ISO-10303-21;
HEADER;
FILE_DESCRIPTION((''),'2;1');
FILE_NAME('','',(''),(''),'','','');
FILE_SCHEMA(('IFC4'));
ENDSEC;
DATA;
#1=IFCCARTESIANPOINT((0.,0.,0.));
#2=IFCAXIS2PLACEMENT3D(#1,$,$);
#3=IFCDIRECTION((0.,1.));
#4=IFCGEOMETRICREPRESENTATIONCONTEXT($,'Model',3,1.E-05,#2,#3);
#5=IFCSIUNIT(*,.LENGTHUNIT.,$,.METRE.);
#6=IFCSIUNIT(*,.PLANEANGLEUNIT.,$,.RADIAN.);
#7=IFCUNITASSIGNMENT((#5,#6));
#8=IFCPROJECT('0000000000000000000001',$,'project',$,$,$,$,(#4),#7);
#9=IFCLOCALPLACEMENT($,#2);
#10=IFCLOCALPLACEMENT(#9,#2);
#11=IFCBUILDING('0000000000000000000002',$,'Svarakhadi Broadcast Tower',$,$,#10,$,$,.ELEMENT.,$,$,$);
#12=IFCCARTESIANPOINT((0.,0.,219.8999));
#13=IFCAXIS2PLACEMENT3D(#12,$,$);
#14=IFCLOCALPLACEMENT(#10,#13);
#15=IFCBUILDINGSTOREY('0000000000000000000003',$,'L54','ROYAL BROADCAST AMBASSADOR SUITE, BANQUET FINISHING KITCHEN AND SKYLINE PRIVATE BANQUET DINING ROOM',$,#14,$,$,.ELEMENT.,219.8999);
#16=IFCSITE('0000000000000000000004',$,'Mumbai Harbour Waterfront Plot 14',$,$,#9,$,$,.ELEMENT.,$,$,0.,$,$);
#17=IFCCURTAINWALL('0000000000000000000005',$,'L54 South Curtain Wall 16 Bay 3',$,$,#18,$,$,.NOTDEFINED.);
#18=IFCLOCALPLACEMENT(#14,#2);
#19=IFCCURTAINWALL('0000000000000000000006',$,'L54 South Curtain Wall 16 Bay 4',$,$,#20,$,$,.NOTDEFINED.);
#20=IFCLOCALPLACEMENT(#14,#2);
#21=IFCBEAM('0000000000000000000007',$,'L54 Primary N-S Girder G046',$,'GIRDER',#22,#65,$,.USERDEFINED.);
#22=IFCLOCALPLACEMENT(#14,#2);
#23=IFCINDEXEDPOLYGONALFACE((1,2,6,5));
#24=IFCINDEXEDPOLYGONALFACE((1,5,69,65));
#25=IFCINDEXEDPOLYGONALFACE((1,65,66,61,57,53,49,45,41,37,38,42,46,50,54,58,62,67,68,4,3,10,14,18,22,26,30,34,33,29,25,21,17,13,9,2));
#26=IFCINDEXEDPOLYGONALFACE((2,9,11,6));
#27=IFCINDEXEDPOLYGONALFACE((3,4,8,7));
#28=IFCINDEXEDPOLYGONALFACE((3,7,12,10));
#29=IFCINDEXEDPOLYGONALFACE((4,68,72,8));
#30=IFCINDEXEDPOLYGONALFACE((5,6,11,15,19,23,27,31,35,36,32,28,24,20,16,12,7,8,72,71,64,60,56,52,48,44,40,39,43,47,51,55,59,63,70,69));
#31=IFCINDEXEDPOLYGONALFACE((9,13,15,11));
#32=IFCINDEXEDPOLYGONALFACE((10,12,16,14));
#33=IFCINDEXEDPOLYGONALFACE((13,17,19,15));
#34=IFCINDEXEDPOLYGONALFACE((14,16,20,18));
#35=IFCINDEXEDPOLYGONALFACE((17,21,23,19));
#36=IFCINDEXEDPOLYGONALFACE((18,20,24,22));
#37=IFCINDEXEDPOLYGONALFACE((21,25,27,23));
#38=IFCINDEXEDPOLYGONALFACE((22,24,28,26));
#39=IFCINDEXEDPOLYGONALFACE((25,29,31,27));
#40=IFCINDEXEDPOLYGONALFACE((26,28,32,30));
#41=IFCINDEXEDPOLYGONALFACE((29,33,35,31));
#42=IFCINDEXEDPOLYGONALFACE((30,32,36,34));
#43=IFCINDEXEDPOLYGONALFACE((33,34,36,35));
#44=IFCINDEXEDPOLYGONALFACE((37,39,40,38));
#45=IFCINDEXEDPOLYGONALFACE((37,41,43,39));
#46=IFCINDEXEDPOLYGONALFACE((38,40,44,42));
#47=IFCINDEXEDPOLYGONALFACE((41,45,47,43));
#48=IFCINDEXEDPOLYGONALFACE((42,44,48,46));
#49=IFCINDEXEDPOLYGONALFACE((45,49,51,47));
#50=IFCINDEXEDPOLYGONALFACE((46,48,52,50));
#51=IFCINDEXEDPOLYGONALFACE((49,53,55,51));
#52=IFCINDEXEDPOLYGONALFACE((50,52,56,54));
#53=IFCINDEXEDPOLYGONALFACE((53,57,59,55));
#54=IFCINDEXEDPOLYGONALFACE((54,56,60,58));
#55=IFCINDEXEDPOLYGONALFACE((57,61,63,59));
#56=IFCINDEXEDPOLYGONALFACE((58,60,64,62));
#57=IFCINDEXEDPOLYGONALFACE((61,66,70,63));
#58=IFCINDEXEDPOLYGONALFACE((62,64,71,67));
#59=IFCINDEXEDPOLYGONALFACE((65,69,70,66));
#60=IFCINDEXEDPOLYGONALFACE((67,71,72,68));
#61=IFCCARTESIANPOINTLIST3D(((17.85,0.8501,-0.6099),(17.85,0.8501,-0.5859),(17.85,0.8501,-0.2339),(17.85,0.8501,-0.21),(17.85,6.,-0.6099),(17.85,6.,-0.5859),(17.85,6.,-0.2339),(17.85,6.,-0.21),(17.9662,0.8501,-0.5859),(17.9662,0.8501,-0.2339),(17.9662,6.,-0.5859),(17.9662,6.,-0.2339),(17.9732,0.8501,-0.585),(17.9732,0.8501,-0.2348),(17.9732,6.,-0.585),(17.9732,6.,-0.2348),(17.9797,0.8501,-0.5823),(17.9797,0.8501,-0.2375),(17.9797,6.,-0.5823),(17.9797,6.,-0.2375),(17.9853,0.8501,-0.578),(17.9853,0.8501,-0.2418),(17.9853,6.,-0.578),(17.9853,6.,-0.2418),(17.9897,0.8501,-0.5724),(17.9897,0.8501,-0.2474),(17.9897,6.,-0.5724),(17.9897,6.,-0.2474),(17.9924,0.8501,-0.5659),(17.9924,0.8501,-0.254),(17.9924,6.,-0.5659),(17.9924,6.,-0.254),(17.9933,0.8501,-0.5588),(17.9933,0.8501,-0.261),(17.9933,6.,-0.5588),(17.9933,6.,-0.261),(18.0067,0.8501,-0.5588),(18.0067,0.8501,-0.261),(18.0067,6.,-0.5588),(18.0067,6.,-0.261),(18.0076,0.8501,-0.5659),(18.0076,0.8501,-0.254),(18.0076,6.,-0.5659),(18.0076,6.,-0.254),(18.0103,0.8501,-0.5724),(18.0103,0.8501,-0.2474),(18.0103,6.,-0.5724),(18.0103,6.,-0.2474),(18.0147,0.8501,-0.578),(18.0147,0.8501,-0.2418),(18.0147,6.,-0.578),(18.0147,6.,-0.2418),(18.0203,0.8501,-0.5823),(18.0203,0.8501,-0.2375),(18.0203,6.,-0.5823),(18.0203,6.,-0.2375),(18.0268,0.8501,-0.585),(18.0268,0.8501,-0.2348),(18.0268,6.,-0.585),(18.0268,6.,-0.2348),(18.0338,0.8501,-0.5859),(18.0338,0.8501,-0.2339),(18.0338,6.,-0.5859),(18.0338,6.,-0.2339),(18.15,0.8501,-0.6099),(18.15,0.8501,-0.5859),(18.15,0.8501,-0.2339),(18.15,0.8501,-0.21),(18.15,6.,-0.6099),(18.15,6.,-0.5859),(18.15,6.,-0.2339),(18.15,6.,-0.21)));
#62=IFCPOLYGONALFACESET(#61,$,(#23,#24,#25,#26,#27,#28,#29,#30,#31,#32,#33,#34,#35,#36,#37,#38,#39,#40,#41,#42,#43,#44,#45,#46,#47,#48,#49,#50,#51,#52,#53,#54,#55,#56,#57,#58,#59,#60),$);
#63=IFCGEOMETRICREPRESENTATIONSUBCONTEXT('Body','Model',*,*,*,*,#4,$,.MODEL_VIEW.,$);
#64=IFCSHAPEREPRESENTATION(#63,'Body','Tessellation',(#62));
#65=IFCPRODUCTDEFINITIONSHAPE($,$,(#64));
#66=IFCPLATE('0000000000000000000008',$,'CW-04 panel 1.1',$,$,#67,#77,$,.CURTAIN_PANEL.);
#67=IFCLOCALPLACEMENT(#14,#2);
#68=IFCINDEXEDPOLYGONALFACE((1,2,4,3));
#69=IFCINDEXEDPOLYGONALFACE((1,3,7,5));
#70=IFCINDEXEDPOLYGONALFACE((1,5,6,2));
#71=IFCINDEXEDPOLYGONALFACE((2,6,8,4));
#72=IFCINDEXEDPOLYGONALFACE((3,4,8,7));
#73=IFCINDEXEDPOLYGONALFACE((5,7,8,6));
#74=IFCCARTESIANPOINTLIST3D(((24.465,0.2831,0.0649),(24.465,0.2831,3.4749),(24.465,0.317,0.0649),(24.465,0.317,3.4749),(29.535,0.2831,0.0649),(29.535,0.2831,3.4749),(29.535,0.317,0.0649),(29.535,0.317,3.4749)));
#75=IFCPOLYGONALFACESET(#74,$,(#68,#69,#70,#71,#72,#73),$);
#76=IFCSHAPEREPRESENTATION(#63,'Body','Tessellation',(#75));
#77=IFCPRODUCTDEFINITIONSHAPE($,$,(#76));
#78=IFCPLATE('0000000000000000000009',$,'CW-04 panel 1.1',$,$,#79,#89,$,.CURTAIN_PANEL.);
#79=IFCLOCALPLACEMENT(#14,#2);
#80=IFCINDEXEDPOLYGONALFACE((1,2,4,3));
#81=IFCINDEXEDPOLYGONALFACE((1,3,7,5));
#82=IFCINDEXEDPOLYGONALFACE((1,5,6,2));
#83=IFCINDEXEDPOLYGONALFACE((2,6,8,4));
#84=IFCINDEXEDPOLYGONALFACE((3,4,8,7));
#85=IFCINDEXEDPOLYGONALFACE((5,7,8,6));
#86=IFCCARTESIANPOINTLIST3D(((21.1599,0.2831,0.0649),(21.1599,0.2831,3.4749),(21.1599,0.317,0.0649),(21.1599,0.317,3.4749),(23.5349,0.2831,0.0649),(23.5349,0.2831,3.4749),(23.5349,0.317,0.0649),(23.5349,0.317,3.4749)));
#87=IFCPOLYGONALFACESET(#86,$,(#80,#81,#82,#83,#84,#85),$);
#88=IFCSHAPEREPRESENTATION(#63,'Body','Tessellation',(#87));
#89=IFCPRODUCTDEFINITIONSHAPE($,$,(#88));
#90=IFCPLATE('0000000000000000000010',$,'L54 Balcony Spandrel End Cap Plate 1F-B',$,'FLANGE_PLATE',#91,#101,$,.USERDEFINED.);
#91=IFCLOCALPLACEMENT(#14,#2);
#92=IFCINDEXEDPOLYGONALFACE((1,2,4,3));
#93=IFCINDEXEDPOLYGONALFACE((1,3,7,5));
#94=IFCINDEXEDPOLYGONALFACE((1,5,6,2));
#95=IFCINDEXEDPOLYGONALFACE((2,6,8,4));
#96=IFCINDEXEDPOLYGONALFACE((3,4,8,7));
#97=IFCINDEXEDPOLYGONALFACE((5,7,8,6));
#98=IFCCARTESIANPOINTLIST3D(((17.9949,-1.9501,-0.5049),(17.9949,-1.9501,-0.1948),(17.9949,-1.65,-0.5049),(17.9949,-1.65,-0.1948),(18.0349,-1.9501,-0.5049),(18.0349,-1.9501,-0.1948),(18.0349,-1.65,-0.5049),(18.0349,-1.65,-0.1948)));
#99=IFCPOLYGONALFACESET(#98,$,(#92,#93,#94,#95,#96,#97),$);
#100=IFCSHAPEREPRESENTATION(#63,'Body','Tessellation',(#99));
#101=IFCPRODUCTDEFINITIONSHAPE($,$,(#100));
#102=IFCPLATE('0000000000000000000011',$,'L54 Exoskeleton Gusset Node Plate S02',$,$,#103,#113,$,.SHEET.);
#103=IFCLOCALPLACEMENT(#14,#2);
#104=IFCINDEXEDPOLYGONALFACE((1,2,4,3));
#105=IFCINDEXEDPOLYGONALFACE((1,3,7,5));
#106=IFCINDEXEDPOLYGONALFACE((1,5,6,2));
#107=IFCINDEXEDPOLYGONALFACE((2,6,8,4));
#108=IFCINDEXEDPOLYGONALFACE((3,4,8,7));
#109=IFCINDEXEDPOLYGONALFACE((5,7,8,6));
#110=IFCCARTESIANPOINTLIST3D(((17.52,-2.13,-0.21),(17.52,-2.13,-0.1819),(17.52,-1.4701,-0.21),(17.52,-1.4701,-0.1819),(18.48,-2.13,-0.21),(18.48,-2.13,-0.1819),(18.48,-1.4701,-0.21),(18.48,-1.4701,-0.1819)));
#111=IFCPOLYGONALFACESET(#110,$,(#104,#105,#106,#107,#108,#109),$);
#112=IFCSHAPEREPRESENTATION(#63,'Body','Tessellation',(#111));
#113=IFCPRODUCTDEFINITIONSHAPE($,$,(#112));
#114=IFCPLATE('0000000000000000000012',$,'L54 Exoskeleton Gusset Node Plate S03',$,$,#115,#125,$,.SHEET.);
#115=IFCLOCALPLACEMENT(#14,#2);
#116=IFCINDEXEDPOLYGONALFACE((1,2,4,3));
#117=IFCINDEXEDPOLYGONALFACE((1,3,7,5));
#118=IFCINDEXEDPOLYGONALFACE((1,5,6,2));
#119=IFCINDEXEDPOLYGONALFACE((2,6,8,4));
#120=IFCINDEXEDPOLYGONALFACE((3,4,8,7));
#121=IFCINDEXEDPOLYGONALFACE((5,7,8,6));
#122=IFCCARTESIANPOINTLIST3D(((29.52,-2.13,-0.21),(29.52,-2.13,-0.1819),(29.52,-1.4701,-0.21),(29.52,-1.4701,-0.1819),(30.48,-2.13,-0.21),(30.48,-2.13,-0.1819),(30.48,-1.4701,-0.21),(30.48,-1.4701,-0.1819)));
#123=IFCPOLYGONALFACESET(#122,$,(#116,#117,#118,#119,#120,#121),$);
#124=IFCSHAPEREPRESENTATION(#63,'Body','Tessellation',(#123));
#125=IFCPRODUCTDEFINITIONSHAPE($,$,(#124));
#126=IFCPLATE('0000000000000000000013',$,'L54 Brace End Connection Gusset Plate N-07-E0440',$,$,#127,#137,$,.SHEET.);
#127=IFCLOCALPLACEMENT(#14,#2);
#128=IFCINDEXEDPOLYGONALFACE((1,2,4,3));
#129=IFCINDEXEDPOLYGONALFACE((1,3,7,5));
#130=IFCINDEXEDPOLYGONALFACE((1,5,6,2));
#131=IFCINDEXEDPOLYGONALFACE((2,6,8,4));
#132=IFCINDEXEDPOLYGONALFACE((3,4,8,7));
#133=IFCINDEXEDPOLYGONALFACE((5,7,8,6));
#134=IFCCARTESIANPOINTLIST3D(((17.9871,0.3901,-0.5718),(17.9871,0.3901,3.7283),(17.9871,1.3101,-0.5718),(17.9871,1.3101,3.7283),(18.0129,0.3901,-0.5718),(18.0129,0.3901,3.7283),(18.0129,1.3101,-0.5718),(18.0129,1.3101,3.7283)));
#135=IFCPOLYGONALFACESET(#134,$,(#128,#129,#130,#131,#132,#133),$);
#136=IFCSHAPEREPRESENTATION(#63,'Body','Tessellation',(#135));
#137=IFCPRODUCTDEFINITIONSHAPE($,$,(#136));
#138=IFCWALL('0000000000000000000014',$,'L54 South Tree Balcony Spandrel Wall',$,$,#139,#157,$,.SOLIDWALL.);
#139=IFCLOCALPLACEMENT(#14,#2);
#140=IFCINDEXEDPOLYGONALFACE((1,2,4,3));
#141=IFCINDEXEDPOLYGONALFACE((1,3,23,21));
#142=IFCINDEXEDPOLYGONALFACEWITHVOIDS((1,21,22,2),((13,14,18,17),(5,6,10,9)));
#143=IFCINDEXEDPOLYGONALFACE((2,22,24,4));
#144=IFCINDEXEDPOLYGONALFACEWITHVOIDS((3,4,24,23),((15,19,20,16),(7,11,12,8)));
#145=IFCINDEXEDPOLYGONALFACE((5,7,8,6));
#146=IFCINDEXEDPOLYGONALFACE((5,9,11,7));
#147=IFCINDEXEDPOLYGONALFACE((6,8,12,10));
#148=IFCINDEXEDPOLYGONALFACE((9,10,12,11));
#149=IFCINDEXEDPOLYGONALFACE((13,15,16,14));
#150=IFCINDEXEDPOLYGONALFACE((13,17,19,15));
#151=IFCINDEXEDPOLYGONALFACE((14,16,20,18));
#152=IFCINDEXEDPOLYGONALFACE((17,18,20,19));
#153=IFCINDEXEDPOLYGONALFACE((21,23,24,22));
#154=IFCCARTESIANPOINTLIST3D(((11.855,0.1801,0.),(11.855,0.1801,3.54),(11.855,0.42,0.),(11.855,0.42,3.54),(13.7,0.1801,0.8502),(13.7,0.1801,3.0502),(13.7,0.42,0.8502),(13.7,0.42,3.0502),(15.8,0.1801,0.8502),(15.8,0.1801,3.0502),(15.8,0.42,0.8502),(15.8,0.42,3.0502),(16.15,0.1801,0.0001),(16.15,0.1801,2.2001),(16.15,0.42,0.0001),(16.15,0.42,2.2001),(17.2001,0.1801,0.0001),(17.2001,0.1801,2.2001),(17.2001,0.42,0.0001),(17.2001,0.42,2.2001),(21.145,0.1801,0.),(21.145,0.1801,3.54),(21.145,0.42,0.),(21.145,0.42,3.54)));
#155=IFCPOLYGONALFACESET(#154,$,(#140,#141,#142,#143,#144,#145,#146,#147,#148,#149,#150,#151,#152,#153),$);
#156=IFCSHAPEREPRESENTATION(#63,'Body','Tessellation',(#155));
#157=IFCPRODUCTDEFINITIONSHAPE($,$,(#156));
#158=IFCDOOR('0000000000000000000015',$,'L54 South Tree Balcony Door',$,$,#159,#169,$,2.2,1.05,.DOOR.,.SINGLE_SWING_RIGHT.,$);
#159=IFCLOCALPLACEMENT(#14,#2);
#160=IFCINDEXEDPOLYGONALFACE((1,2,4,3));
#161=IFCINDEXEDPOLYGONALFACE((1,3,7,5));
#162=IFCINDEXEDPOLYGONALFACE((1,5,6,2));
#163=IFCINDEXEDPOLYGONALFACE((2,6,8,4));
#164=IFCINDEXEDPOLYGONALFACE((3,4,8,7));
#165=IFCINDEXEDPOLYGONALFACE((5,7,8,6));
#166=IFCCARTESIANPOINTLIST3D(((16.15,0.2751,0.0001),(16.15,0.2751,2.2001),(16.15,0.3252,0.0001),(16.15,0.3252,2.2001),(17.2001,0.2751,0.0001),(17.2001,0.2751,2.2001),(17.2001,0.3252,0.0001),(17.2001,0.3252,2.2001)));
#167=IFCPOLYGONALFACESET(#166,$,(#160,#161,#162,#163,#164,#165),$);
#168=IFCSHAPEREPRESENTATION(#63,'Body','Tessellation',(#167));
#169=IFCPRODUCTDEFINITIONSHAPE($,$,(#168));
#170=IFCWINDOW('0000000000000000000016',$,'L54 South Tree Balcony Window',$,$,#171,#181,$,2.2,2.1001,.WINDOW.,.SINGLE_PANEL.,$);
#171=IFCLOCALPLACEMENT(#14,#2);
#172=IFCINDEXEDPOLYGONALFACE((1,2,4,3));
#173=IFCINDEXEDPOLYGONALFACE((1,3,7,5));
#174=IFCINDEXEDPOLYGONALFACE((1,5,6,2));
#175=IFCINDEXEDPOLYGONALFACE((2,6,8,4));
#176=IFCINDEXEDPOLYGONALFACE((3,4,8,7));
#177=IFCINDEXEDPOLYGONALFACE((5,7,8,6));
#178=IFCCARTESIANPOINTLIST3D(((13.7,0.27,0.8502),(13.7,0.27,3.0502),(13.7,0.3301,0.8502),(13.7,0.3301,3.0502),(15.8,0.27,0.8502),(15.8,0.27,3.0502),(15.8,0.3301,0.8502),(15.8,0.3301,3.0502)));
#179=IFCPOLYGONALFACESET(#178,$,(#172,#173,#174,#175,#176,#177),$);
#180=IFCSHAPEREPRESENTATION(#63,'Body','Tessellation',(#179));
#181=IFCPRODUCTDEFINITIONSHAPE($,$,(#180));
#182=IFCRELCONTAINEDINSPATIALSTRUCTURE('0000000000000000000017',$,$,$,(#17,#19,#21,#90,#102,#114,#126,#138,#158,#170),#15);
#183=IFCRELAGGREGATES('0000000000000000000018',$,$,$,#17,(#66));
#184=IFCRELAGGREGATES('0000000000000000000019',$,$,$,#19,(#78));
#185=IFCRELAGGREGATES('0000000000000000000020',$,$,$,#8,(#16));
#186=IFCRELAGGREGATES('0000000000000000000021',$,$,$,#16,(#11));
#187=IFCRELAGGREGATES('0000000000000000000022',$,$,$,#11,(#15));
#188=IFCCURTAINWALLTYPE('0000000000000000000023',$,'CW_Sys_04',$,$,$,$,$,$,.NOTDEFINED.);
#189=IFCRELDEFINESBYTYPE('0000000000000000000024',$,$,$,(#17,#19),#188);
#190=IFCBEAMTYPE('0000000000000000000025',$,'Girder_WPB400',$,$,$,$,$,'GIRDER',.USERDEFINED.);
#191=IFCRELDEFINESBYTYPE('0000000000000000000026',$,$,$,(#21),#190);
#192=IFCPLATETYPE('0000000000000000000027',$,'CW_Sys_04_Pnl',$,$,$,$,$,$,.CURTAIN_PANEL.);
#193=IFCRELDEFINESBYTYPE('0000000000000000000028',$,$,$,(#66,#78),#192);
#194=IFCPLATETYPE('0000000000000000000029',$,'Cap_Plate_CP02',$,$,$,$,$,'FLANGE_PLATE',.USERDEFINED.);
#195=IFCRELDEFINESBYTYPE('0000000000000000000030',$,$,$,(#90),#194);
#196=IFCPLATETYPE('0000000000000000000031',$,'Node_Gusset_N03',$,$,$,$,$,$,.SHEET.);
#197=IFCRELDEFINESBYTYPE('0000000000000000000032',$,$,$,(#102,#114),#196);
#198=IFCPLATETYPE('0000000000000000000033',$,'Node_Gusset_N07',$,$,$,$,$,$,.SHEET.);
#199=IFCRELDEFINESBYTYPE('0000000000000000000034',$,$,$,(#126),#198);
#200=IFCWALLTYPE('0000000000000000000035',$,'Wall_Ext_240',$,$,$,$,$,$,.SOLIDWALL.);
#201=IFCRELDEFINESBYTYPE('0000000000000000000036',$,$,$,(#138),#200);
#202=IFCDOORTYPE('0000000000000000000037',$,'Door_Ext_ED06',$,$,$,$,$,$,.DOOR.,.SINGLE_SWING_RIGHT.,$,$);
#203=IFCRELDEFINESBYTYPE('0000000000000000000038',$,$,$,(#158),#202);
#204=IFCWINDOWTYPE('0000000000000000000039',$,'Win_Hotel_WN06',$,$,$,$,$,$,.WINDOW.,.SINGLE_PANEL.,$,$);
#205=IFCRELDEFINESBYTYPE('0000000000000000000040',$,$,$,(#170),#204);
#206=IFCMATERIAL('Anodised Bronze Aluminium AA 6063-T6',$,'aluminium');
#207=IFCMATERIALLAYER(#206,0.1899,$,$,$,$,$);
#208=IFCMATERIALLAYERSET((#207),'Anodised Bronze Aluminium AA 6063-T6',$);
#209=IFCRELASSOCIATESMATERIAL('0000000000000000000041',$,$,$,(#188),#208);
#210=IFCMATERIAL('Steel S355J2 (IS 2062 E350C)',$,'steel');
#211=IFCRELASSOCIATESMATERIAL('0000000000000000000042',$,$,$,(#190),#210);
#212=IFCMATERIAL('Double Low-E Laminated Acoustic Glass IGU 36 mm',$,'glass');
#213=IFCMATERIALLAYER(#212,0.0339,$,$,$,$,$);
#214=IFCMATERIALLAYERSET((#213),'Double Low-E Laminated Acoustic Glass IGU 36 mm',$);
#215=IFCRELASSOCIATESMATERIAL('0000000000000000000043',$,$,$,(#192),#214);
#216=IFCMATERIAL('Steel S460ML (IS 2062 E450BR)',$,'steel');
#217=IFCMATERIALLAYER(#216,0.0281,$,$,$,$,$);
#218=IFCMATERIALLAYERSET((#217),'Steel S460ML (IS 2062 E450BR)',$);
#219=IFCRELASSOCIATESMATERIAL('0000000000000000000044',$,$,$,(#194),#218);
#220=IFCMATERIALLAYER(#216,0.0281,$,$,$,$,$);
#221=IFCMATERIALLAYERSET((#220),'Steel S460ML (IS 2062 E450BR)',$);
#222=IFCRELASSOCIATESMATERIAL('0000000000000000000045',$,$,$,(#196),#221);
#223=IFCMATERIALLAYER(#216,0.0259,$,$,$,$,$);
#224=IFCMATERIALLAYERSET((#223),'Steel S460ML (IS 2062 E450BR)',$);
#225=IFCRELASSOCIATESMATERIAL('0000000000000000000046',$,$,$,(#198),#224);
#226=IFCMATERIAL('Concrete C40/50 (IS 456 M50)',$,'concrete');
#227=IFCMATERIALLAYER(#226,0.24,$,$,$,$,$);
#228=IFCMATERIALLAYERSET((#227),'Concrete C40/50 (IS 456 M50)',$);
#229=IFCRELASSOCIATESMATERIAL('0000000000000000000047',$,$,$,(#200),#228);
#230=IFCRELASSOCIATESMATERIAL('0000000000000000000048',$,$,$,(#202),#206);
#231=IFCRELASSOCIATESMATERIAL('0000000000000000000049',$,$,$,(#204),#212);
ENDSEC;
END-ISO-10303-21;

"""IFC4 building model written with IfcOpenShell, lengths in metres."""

from ifc_helpers import new_model, si_unit, direction, frame, frame_2d, origin, origin_2d, place, context, subcontext, project, spatial, rectangle, i_section, extrude, material, layer, layer_set, material_profile, profile_set, type_object, element, fill, aggregate, save


model = new_model("IFC4")

# Units and contexts
model_context = context("Model", 3, precision=1e-05, world=origin(), true_north=direction((0.0, 1.0)))
body_context = subcontext(model_context, "Body", "Model", "MODEL_VIEW")
ifc_project = project(units=[si_unit("LENGTHUNIT", "METRE"), si_unit("PLANEANGLEUNIT", "RADIAN")], contexts=[model_context])

# Site, building, storey
site_placement = place(None, origin())
site = spatial("IfcSite", under=ifc_project, at=site_placement, Name="Mumbai Harbour Waterfront Plot 14", CompositionType="ELEMENT", RefElevation=0.0)
building_placement = place(site_placement, origin())
building = spatial("IfcBuilding", under=site, at=building_placement, Name="Svarakhadi Broadcast Tower", CompositionType="ELEMENT")
storey_placement = place(building_placement, frame((0.0, 0.0, 219.8999)))
storey = spatial("IfcBuildingStorey", under=building, at=storey_placement, Name="L54", Description="ROYAL BROADCAST AMBASSADOR SUITE, BANQUET FINISHING KITCHEN AND SKYLINE PRIVATE BANQUET DINING ROOM", CompositionType="ELEMENT", Elevation=219.8999)

# Shared definitions
ifc_material_1 = material(Name="Steel S460ML (IS 2062 E450BR)", Category="steel")

# Curtain walls
ifc_material_2 = material(Name="Anodised Bronze Aluminium AA 6063-T6", Category="aluminium")
ifc_layer_1 = layer(ifc_material_2, 0.1899)
ifc_layer_set_1 = layer_set([ifc_layer_1], Name="Anodised Bronze Aluminium AA 6063-T6")
curtain_wall_type = type_object("IfcCurtainWallType", Name="CW_Sys_04", PredefinedType="NOTDEFINED", material=ifc_layer_set_1)
curtain_wall_1_placement = place(storey_placement, origin())
curtain_wall_1 = element("IfcCurtainWall", 1, at=curtain_wall_1_placement, inside=storey, type_object=curtain_wall_type, Name="L54 South Curtain Wall 16 Bay 3", PredefinedType="NOTDEFINED")
curtain_wall_2_placement = place(storey_placement, origin())
curtain_wall_2 = element("IfcCurtainWall", 2, at=curtain_wall_2_placement, inside=storey, type_object=curtain_wall_type, Name="L54 South Curtain Wall 16 Bay 4", PredefinedType="NOTDEFINED")

# Beam
ifc_material_3 = material(Name="Steel S355J2 (IS 2062 E350C)", Category="steel")
ifc_material_profile_1 = material_profile(ifc_material_3, i_section(OverallWidth=0.3, OverallDepth=0.3999, WebThickness=0.0134, FlangeThickness=0.0239, FilletRadius=0.0271, at=origin_2d()), Name="WPB 400x300x155")
ifc_profile_set_1 = profile_set([ifc_material_profile_1], Name="Steel S355J2 (IS 2062 E350C)")
beam_type = type_object("IfcBeamType", Name="Girder_WPB400", ElementType="GIRDER", PredefinedType="USERDEFINED", material=ifc_profile_set_1)
beam_1_placement = place(storey_placement, frame((18.0, 0.8501, -0.4099), z_axis=(0.0, 1.0, 0.0), x_axis=(-1.0, 0.0, 0.0)))
element("IfcBeam", 3, at=beam_1_placement, inside=storey, type_object=beam_type, Name="L54 Primary N-S Girder G046", ObjectType="GIRDER", PredefinedType="USERDEFINED", context=body_context, shape_type="SweptSolid", body=[
    extrude(i_section(OverallWidth=0.3, OverallDepth=0.3999, WebThickness=0.0134, FlangeThickness=0.0239, FilletRadius=0.0271, at=origin_2d()), origin(), (0.0, 0.0, 1.0), 5.1499),
])

# Plates
ifc_material_4 = material(Name="Double Low-E Laminated Acoustic Glass IGU 36 mm", Category="glass")
ifc_layer_2 = layer(ifc_material_4, 0.0339)
ifc_layer_set_2 = layer_set([ifc_layer_2], Name="Double Low-E Laminated Acoustic Glass IGU 36 mm")
plate_type_1 = type_object("IfcPlateType", Name="CW_Sys_04_Pnl", PredefinedType="CURTAIN_PANEL", material=ifc_layer_set_2)
plate_1_placement = place(storey_placement, frame((27.0, 0.3, 0.0649), z_axis=(0.0, 0.0, 1.0), x_axis=(-1.0, 0.0, 0.0)))
plate_1 = element("IfcPlate", 4, at=plate_1_placement, type_object=plate_type_1, Name="CW-04 panel 1.1", PredefinedType="CURTAIN_PANEL", context=body_context, shape_type="SweptSolid", body=[
    extrude(rectangle(XDim=5.0701, YDim=0.0339, at=origin_2d()), origin(), (0.0, 0.0, 1.0), 3.4099),
])
aggregate(curtain_wall_1, [plate_1])
plate_2_placement = place(storey_placement, frame((22.3474, 0.3, 0.0649), z_axis=(0.0, 0.0, 1.0), x_axis=(-1.0, 0.0, 0.0)))
plate_2 = element("IfcPlate", 5, at=plate_2_placement, type_object=plate_type_1, Name="CW-04 panel 1.1", PredefinedType="CURTAIN_PANEL", context=body_context, shape_type="SweptSolid", body=[
    extrude(rectangle(XDim=2.375, YDim=0.0339, at=origin_2d()), origin(), (0.0, 0.0, 1.0), 3.4099),
])
aggregate(curtain_wall_2, [plate_2])

# Plates
ifc_layer_3 = layer(ifc_material_1, 0.0281)
ifc_layer_set_3 = layer_set([ifc_layer_3], Name="Steel S460ML (IS 2062 E450BR)")
plate_type_2 = type_object("IfcPlateType", Name="Cap_Plate_CP02", ElementType="FLANGE_PLATE", PredefinedType="USERDEFINED", material=ifc_layer_set_3)
plate_3_placement = place(storey_placement, frame((18.0149, -1.8, -0.5049), z_axis=(0.0, 0.0, 1.0), x_axis=(1.0, 0.0, 0.0)))
element("IfcPlate", 6, at=plate_3_placement, inside=storey, type_object=plate_type_2, Name="L54 Balcony Spandrel End Cap Plate 1F-B", ObjectType="FLANGE_PLATE", PredefinedType="USERDEFINED", context=body_context, shape_type="SweptSolid", body=[
    extrude(rectangle(XDim=0.04, YDim=0.3, at=origin_2d()), origin(), (0.0, 0.0, 1.0), 0.3101),
])
ifc_layer_4 = layer(ifc_material_1, 0.0281)
ifc_layer_set_4 = layer_set([ifc_layer_4], Name="Steel S460ML (IS 2062 E450BR)")
plate_type_3 = type_object("IfcPlateType", Name="Node_Gusset_N03", PredefinedType="SHEET", material=ifc_layer_set_4)
for number, where, z_axis, x_axis, name in (
    (7, (18.0, -1.8, -0.21), (0.0, 0.0, 1.0), (1.0, 0.0, 0.0), "L54 Exoskeleton Gusset Node Plate S02"),
    (8, (30.0, -1.8, -0.21), (0.0, 0.0, 1.0), (1.0, 0.0, 0.0), "L54 Exoskeleton Gusset Node Plate S03"),
):
    element("IfcPlate", number, at=place(storey_placement, frame(where, z_axis=z_axis, x_axis=x_axis)), inside=storey, type_object=plate_type_3, Name=name, PredefinedType="SHEET", context=body_context, shape_type="SweptSolid", body=[
        extrude(rectangle(XDim=0.96, YDim=0.6599, at=origin_2d()), origin(), (0.0, 0.0, 1.0), 0.0281),
    ])
ifc_layer_5 = layer(ifc_material_1, 0.0259)
ifc_layer_set_5 = layer_set([ifc_layer_5], Name="Steel S460ML (IS 2062 E450BR)")
plate_type_4 = type_object("IfcPlateType", Name="Node_Gusset_N07", PredefinedType="SHEET", material=ifc_layer_set_5)
plate_4_placement = place(storey_placement, frame((18.0, 0.8501, -0.5718), z_axis=(0.0, 0.0, 1.0), x_axis=(0.0, 1.0, 0.0)))
element("IfcPlate", 9, at=plate_4_placement, inside=storey, type_object=plate_type_4, Name="L54 Brace End Connection Gusset Plate N-07-E0440", PredefinedType="SHEET", context=body_context, shape_type="SweptSolid", body=[
    extrude(rectangle(XDim=0.9199, YDim=0.0259, at=origin_2d()), origin(), (0.0, 0.0, 1.0), 4.3),
])

# Wall, openings, door, window
ifc_material_5 = material(Name="Concrete C40/50 (IS 456 M50)", Category="concrete")
ifc_layer_6 = layer(ifc_material_5, 0.24)
ifc_layer_set_6 = layer_set([ifc_layer_6], Name="Concrete C40/50 (IS 456 M50)")
wall_type = type_object("IfcWallType", Name="Wall_Ext_240", PredefinedType="SOLIDWALL", material=ifc_layer_set_6)
wall_1_placement = place(storey_placement, frame((21.145, 0.3, 0.0), z_axis=(0.0, 0.0, 1.0), x_axis=(-1.0, 0.0, 0.0)))
wall_1 = element("IfcWall", 10, at=wall_1_placement, inside=storey, type_object=wall_type, Name="L54 South Tree Balcony Spandrel Wall", PredefinedType="SOLIDWALL", context=body_context, shape_type="SweptSolid", body=[
    extrude(rectangle(XDim=9.29, YDim=0.24, at=frame_2d((4.645, 0.0))), origin(), (0.0, 0.0, 1.0), 3.54),
])
opening_1_placement = place(wall_1_placement, frame((3.9451, 0.0, 0.0)))
opening_1 = element("IfcOpeningElement", 11, at=opening_1_placement, cuts=wall_1, PredefinedType="OPENING", context=body_context, shape_type="SweptSolid", body=[
    extrude(rectangle(XDim=1.05, YDim=2.2, at=frame_2d((0.5249, 1.1001))), frame((0.0, 0.1299, 0.0), z_axis=(0.0, -1.0, 0.0), x_axis=(1.0, 0.0, 0.0)), (0.0, 0.0, 1.0), 0.26),
])
opening_2_placement = place(wall_1_placement, frame((5.345, 0.0, 0.8501)))
opening_2 = element("IfcOpeningElement", 12, at=opening_2_placement, cuts=wall_1, PredefinedType="OPENING", context=body_context, shape_type="SweptSolid", body=[
    extrude(rectangle(XDim=2.1001, YDim=2.2, at=frame_2d((1.05, 1.1001))), frame((0.0, 0.1299, 0.0), z_axis=(0.0, -1.0, 0.0), x_axis=(1.0, 0.0, 0.0)), (0.0, 0.0, 1.0), 0.26),
])
door_type = type_object("IfcDoorType", Name="Door_Ext_ED06", OperationType="SINGLE_SWING_RIGHT", PredefinedType="DOOR", material=ifc_material_2)
door_placement = place(opening_1_placement, origin())
door = element("IfcDoor", 13, at=door_placement, inside=storey, type_object=door_type, Name="L54 South Tree Balcony Door", OperationType="SINGLE_SWING_RIGHT", OverallHeight=2.2, OverallWidth=1.05, PredefinedType="DOOR", context=body_context, shape_type="SweptSolid", body=[
    extrude(rectangle(XDim=1.05, YDim=2.2, at=frame_2d((0.5249, 1.1001))), frame((0.0, 0.0249, 0.0), z_axis=(0.0, -1.0, 0.0), x_axis=(1.0, 0.0, 0.0)), (0.0, 0.0, 1.0), 0.05),
])
fill(opening_1, door)
window_type = type_object("IfcWindowType", Name="Win_Hotel_WN06", PartitioningType="SINGLE_PANEL", PredefinedType="WINDOW", material=ifc_material_4)
window_placement = place(opening_2_placement, origin())
window = element("IfcWindow", 14, at=window_placement, inside=storey, type_object=window_type, Name="L54 South Tree Balcony Window", OverallHeight=2.2, OverallWidth=2.1001, PartitioningType="SINGLE_PANEL", PredefinedType="WINDOW", context=body_context, shape_type="SweptSolid", body=[
    extrude(rectangle(XDim=2.1001, YDim=2.2, at=frame_2d((1.05, 1.1001))), frame((0.0, 0.03, 0.0), z_axis=(0.0, -1.0, 0.0), x_axis=(1.0, 0.0, 0.0)), (0.0, 0.0, 1.0), 0.0601),
])
fill(opening_2, window)

save(model, "model.ifc")
